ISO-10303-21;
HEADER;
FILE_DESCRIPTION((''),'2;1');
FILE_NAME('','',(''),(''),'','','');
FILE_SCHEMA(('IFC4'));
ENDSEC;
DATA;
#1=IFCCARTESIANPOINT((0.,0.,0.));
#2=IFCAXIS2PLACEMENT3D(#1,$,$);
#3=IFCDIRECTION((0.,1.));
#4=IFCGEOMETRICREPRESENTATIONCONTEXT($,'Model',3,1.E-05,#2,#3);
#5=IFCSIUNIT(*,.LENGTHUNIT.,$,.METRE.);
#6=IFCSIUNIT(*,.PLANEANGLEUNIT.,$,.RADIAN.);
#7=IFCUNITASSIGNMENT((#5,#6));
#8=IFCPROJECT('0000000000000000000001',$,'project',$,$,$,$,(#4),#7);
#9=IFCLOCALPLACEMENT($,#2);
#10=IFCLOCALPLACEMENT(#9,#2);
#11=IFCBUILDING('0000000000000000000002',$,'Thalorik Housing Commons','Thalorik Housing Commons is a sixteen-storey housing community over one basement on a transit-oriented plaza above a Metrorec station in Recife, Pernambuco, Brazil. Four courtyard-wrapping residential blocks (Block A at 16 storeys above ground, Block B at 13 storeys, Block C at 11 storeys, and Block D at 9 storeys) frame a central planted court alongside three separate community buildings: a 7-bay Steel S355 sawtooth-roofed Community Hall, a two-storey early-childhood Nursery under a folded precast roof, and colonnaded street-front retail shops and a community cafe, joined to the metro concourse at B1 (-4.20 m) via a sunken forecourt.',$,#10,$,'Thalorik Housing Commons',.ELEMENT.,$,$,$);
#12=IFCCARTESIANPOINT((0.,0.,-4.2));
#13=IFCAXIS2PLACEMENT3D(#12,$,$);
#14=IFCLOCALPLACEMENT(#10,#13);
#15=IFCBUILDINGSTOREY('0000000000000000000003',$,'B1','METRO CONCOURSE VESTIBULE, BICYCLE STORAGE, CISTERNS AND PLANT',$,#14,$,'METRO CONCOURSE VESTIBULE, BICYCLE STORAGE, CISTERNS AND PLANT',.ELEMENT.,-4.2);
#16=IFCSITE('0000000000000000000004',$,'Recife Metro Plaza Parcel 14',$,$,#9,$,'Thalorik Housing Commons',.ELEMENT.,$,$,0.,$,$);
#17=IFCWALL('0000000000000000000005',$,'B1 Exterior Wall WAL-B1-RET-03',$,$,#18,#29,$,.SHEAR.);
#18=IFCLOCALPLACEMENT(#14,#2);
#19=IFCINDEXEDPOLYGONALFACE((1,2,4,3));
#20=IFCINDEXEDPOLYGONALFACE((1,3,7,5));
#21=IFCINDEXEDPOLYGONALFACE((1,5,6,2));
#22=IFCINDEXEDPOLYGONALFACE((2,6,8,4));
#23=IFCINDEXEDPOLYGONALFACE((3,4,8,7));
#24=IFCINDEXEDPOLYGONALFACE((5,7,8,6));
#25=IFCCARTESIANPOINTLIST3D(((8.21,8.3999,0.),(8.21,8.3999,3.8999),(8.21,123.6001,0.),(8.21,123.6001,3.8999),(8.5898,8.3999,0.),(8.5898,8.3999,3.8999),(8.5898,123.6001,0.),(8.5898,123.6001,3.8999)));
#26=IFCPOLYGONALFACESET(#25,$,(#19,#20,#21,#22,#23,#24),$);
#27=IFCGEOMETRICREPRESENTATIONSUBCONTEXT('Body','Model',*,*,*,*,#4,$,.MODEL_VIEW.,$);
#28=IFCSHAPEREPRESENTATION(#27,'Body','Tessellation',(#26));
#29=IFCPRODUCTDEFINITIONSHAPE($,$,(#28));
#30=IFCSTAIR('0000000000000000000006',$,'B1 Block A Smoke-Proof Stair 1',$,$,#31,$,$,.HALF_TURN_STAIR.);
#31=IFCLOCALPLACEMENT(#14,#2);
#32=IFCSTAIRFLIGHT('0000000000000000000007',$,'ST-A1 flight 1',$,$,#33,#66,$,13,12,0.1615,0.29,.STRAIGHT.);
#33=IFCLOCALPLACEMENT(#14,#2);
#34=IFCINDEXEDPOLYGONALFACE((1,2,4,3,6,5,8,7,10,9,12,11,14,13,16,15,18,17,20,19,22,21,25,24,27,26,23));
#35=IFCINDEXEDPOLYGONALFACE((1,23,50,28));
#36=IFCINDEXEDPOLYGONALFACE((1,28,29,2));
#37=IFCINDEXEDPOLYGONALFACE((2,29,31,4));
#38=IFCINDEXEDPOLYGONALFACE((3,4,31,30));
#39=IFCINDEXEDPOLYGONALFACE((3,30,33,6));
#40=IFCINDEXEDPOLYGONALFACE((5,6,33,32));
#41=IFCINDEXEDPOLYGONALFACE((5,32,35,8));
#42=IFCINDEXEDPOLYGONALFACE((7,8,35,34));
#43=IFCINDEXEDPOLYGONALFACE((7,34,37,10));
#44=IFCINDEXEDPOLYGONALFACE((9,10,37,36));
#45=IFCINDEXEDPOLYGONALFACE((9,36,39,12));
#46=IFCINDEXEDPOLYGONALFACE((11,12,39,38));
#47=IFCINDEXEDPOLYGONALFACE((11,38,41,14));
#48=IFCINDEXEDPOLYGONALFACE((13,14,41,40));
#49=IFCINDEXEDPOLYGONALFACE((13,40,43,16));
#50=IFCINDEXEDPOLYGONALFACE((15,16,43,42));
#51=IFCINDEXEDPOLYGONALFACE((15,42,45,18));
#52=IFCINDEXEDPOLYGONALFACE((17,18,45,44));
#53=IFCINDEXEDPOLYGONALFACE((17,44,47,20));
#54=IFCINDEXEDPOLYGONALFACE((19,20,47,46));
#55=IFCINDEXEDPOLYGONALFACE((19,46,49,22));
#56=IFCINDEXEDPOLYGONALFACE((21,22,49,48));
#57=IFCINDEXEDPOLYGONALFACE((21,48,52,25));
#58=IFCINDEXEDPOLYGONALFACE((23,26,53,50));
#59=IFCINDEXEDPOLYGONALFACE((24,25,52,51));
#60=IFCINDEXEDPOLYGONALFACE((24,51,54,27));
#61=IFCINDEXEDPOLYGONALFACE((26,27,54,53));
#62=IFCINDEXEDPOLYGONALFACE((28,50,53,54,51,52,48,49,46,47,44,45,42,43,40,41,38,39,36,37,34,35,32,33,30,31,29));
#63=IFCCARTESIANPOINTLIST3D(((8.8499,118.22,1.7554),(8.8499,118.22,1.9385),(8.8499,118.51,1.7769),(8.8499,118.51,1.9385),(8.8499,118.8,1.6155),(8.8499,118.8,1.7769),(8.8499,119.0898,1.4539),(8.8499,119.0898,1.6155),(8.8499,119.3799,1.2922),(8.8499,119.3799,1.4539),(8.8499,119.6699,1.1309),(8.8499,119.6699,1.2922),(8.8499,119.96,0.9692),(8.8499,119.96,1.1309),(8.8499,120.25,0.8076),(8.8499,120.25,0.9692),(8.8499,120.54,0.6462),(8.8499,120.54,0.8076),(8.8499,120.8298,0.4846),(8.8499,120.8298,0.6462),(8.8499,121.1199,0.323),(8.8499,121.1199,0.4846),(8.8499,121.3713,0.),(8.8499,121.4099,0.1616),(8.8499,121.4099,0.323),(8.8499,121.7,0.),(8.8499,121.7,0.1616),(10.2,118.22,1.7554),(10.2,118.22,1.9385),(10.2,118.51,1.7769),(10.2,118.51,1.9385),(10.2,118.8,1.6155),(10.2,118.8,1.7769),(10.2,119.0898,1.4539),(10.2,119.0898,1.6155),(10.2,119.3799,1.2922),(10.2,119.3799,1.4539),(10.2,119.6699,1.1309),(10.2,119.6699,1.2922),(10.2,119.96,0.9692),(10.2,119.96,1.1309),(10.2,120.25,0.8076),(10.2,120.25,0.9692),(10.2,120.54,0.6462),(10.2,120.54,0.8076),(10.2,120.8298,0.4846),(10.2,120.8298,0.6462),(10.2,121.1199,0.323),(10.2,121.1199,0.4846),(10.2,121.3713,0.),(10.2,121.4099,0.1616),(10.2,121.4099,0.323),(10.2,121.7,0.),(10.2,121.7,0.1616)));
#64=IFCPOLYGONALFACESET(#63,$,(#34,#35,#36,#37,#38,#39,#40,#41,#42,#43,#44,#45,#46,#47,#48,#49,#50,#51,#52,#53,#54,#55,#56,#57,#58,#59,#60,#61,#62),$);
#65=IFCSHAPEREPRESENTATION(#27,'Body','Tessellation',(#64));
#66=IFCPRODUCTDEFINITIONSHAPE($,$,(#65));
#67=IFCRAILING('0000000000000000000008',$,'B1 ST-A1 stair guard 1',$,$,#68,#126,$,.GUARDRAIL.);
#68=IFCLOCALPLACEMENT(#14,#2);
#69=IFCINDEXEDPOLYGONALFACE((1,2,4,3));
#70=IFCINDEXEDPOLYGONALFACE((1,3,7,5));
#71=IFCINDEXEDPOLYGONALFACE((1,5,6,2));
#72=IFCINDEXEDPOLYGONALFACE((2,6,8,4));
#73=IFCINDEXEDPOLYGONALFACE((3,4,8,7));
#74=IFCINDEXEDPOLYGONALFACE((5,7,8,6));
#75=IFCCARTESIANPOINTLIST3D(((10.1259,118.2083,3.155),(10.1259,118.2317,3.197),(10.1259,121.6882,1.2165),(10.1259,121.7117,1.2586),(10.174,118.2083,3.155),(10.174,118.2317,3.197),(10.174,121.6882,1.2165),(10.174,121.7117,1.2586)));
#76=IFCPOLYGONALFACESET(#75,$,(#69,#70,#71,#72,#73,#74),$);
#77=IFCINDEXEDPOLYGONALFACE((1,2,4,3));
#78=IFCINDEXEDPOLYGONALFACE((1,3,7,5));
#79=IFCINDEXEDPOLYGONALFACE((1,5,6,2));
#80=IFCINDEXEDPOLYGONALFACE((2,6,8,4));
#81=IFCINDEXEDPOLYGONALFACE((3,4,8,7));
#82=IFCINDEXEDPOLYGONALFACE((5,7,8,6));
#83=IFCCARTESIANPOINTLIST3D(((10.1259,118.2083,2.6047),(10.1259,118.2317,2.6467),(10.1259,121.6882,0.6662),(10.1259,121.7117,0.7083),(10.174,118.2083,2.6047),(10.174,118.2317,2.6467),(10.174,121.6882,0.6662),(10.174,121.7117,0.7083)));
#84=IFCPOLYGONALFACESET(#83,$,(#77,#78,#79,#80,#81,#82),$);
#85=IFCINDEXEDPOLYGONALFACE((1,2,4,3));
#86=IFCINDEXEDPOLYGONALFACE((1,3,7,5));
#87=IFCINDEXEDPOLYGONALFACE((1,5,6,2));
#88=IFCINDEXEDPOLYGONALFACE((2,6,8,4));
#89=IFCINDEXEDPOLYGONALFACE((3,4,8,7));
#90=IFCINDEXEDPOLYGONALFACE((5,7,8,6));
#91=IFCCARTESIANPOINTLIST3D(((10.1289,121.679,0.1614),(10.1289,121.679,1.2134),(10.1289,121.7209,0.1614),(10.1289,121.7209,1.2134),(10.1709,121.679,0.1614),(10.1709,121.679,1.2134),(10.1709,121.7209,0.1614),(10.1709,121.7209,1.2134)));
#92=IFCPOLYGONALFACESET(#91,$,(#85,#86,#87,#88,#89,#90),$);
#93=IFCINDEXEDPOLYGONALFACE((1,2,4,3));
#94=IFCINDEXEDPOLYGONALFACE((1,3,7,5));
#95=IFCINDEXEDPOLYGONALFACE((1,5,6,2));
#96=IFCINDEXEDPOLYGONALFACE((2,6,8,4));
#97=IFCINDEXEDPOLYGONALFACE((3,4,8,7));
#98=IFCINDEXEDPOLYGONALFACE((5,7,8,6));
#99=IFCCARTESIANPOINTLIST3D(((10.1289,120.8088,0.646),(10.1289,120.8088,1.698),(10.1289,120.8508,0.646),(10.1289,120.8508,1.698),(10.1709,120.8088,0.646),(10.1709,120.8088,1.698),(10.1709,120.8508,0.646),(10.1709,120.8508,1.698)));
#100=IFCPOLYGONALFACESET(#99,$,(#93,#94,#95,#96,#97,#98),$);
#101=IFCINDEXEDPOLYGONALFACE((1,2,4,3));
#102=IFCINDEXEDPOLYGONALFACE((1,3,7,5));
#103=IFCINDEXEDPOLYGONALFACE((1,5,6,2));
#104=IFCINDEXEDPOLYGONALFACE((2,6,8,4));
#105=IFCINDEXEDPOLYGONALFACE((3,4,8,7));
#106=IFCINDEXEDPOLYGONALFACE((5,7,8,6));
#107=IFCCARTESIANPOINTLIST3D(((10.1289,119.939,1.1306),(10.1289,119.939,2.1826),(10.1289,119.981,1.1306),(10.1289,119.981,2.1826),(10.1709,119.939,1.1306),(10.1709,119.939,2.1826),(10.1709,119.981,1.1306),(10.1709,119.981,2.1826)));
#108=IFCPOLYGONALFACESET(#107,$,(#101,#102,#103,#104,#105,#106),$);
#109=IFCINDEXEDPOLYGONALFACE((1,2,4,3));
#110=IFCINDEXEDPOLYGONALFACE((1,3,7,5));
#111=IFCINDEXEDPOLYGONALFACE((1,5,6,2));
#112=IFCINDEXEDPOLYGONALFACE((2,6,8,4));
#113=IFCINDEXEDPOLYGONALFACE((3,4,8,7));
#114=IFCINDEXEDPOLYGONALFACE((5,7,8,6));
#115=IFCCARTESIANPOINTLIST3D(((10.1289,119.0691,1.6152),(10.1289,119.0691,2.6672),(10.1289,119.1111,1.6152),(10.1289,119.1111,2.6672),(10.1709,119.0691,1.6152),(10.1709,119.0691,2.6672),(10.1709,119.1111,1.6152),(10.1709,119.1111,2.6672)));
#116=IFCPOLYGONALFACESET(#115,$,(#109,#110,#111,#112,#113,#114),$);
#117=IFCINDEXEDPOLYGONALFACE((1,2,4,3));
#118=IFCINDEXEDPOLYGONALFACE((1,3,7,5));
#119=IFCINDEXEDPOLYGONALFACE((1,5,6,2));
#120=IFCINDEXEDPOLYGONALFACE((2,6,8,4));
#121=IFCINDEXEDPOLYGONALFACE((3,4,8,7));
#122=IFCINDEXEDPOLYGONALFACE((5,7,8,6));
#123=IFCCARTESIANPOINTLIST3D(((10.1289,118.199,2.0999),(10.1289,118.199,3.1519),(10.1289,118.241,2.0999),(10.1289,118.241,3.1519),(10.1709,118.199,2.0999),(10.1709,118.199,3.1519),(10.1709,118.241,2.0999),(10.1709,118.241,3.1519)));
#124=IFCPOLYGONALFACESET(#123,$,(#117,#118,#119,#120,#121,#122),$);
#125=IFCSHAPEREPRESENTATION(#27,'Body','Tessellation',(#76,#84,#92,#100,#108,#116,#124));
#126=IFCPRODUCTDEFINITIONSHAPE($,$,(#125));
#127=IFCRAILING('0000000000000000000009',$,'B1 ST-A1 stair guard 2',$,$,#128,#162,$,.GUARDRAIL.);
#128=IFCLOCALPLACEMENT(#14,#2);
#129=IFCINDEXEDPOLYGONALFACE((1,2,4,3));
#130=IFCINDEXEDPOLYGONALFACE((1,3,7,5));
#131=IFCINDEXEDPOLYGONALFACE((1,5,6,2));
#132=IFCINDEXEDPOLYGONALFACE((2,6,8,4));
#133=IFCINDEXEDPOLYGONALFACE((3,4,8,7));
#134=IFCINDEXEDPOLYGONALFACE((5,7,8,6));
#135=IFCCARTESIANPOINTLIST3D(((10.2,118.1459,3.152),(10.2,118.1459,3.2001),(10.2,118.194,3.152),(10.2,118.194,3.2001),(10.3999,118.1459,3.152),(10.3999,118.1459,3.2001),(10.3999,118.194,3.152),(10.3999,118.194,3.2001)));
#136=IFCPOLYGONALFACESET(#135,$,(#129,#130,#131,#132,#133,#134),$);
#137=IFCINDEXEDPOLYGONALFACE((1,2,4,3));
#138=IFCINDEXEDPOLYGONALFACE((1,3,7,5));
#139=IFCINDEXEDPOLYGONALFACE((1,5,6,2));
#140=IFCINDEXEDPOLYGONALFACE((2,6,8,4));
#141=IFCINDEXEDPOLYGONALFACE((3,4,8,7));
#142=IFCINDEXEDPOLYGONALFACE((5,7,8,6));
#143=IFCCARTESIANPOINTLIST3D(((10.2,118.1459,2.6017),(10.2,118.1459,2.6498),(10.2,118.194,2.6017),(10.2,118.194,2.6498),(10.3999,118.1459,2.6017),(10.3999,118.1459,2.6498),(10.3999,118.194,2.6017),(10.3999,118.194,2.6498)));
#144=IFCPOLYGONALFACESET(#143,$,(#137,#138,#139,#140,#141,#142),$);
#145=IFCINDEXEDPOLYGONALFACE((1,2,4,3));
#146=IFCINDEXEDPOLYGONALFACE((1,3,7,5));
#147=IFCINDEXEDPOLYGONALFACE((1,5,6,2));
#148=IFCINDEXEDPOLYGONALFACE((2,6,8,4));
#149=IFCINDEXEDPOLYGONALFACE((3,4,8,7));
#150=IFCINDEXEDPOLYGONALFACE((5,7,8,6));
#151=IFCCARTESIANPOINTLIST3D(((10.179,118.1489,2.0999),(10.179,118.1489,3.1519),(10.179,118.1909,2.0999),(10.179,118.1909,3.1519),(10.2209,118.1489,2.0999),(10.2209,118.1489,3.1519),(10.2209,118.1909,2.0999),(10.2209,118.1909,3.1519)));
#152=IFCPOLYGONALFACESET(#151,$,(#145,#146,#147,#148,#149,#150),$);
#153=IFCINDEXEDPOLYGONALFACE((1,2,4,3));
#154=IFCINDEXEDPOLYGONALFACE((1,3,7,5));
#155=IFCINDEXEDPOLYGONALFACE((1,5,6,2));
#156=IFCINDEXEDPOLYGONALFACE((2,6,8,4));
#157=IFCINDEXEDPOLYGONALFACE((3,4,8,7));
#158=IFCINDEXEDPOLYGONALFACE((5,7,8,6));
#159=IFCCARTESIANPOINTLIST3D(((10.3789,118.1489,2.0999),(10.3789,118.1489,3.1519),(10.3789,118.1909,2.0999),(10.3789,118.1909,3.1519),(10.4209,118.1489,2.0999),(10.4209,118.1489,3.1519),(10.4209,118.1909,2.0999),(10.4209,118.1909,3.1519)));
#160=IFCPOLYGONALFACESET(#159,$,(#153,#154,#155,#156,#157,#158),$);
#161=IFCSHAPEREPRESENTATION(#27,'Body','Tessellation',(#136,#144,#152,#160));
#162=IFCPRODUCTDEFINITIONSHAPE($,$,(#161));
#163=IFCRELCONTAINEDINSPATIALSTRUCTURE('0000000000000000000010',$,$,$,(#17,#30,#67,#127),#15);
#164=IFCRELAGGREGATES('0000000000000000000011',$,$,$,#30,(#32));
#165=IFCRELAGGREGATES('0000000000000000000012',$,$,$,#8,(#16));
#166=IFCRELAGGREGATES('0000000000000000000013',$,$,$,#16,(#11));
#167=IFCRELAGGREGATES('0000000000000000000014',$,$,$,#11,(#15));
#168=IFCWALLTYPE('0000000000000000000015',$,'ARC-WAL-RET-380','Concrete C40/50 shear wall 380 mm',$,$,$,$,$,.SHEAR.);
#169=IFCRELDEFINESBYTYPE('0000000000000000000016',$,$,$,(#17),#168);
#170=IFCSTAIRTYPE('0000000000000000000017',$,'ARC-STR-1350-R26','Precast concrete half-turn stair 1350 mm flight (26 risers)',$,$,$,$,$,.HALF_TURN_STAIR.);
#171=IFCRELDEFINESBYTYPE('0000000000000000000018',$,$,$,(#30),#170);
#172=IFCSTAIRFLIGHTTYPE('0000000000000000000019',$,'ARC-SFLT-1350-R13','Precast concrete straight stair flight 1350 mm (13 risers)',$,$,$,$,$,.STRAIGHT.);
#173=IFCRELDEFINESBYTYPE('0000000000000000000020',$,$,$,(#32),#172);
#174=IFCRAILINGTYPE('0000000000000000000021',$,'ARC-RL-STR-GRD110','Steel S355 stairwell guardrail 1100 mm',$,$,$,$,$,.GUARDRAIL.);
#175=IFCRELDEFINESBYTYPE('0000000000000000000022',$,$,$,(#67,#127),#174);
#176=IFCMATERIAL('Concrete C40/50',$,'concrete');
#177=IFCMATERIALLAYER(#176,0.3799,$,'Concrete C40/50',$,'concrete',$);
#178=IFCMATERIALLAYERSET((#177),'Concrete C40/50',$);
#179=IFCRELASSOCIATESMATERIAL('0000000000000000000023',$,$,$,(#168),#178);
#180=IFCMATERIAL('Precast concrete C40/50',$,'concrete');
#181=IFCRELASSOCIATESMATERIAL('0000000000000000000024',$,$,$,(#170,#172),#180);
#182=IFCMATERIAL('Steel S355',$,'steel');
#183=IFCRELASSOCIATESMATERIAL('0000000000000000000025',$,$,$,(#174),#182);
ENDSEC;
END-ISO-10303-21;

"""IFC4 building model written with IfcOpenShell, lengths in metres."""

from ifc_helpers import new_model, si_unit, direction, frame, frame_2d, origin, origin_2d, place, context, subcontext, project, spatial, polyline, rectangle, outline, extrude, material, layer, layer_set, type_object, element, aggregate, save


model = new_model("IFC4")

# Units and contexts
model_context = context("Model", 3, precision=1e-05, world=origin(), true_north=direction((0.0, 1.0)))
body_context = subcontext(model_context, "Body", "Model", "MODEL_VIEW")
ifc_project = project(units=[si_unit("LENGTHUNIT", "METRE"), si_unit("PLANEANGLEUNIT", "RADIAN")], contexts=[model_context])

# Site, building, storey
site_placement = place(None, origin())
site = spatial("IfcSite", under=ifc_project, at=site_placement, Name="Recife Metro Plaza Parcel 14", LongName="Thalorik Housing Commons", CompositionType="ELEMENT", RefElevation=0.0)
building_placement = place(site_placement, origin())
building = spatial("IfcBuilding", under=site, at=building_placement, Name="Thalorik Housing Commons", Description="Thalorik Housing Commons is a sixteen-storey housing community over one basement on a transit-oriented plaza above a Metrorec station in Recife, Pernambuco, Brazil. Four courtyard-wrapping residential blocks (Block A at 16 storeys above ground, Block B at 13 storeys, Block C at 11 storeys, and Block D at 9 storeys) frame a central planted court alongside three separate community buildings: a 7-bay Steel S355 sawtooth-roofed Community Hall, a two-storey early-childhood Nursery under a folded precast roof, and colonnaded street-front retail shops and a community cafe, joined to the metro concourse at B1 (-4.20 m) via a sunken forecourt.", LongName="Thalorik Housing Commons", CompositionType="ELEMENT")
storey_placement = place(building_placement, frame((0.0, 0.0, -4.2)))
storey = spatial("IfcBuildingStorey", under=building, at=storey_placement, Name="B1", Description="METRO CONCOURSE VESTIBULE, BICYCLE STORAGE, CISTERNS AND PLANT", LongName="METRO CONCOURSE VESTIBULE, BICYCLE STORAGE, CISTERNS AND PLANT", CompositionType="ELEMENT", Elevation=-4.2)

# Shared definitions
ifc_material_1 = material(Name="Concrete C40/50", Category="concrete")

# Shared definitions
ifc_material_2 = material(Name="Precast concrete C40/50", Category="concrete")

# Shared definitions
ifc_material_3 = material(Name="Steel S355", Category="steel")

# Wall
ifc_layer_1 = layer(ifc_material_1, 0.3799, Name="Concrete C40/50", Category="concrete")
ifc_layer_set_1 = layer_set([ifc_layer_1], Name="Concrete C40/50")
wall_type_1 = type_object("IfcWallType", Name="ARC-WAL-RET-380", Description="Concrete C40/50 shear wall 380 mm", PredefinedType="SHEAR", material=ifc_layer_set_1)
wall_1_placement = place(storey_placement, frame((8.3999, 123.6001, 0.0), z_axis=(0.0, 0.0, 1.0), x_axis=(0.0, -1.0, 0.0)))
element("IfcWall", 1, at=wall_1_placement, inside=storey, type_object=wall_type_1, Name="B1 Exterior Wall WAL-B1-RET-03", PredefinedType="SHEAR", context=body_context, shape_type="SweptSolid", body=[
    extrude(rectangle(XDim=115.2002, YDim=0.3799, at=frame_2d((57.6001, 0.0))), origin(), (0.0, 0.0, 1.0), 3.8999),
])

# Stair, stair flight
stair_type = type_object("IfcStairType", Name="ARC-STR-1350-R26", Description="Precast concrete half-turn stair 1350 mm flight (26 risers)", PredefinedType="HALF_TURN_STAIR", material=ifc_material_2)
stair_placement = place(storey_placement, origin())
stair = element("IfcStair", 2, at=stair_placement, inside=storey, type_object=stair_type, Name="B1 Block A Smoke-Proof Stair 1", PredefinedType="HALF_TURN_STAIR")
stair_flight_type = type_object("IfcStairFlightType", Name="ARC-SFLT-1350-R13", Description="Precast concrete straight stair flight 1350 mm (13 risers)", PredefinedType="STRAIGHT", material=ifc_material_2)
stair_flight_placement = place(storey_placement, frame((9.5249, 121.7, 0.0), z_axis=(0.0, 0.0, 1.0), x_axis=(0.0, -1.0, 0.0)))
stair_flight = element("IfcStairFlight", 3, at=stair_flight_placement, type_object=stair_flight_type, Name="ST-A1 flight 1", NumberOfRisers=13, NumberOfTreads=12, PredefinedType="STRAIGHT", RiserHeight=0.1615, TreadLength=0.29, context=body_context, shape_type="SweptSolid", body=[
    extrude(outline(polyline([(0.0, 0.0), (0.0, 0.1616), (0.29, 0.1616), (0.29, 0.323), (0.5801, 0.323), (0.5801, 0.4846), (0.8701, 0.4846), (0.8701, 0.6462), (1.1599, 0.6462), (1.1599, 0.8076), (1.45, 0.8076), (1.45, 0.9692), (1.74, 0.9692), (1.74, 1.1309), (2.03, 1.1309), (2.03, 1.2922), (2.3201, 1.2922), (2.3201, 1.4539), (2.6101, 1.4539), (2.6101, 1.6155), (2.8999, 1.6155), (2.8999, 1.7769), (3.1899, 1.7769), (3.1899, 1.9385), (3.48, 1.9385), (3.48, 2.1001), (3.48, 1.7554), (0.3286, 0.0), (0.0, 0.0)])), frame((0.0, 0.675, 0.0), z_axis=(0.0, -1.0, 0.0), x_axis=(1.0, 0.0, 0.0)), (0.0, 0.0, 1.0), 1.3501),
])
aggregate(stair, [stair_flight])

# Railings
railing_type_1 = type_object("IfcRailingType", Name="ARC-RL-STR-GRD110", Description="Steel S355 stairwell guardrail 1100 mm", PredefinedType="GUARDRAIL", material=ifc_material_3)
railing_1_placement = place(storey_placement, frame((10.1499, 121.7, 0.1614)))
element("IfcRailing", 4, at=railing_1_placement, inside=storey, type_object=railing_type_1, Name="B1 ST-A1 stair guard 1", PredefinedType="GUARDRAIL", context=body_context, shape_type="SweptSolid", body=[
    extrude(rectangle(XDim=0.0481, YDim=0.0481, at=origin_2d()), frame((0.0, 0.0, 1.0762), z_axis=(0.0, -0.873607, 0.486631), x_axis=(1.0, 0.0, 0.0)), (0.0, 0.0, 1.0), 3.9834),
    extrude(rectangle(XDim=0.0481, YDim=0.0481, at=origin_2d()), frame((0.0, 0.0, 0.5259), z_axis=(0.0, -0.873607, 0.486631), x_axis=(1.0, 0.0, 0.0)), (0.0, 0.0, 1.0), 3.9834),
    extrude(rectangle(XDim=0.042, YDim=0.042, at=origin_2d()), origin(), (0.0, 0.0, 1.0), 1.052),
    extrude(rectangle(XDim=0.042, YDim=0.042, at=origin_2d()), frame((0.0, -0.8701, 0.4846)), (0.0, 0.0, 1.0), 1.052),
    extrude(rectangle(XDim=0.042, YDim=0.042, at=origin_2d()), frame((0.0, -1.74, 0.9692)), (0.0, 0.0, 1.0), 1.052),
    extrude(rectangle(XDim=0.042, YDim=0.042, at=origin_2d()), frame((0.0, -2.6099, 1.4539)), (0.0, 0.0, 1.0), 1.052),
    extrude(rectangle(XDim=0.042, YDim=0.042, at=origin_2d()), frame((0.0, -3.48, 1.9385)), (0.0, 0.0, 1.0), 1.052),
])
railing_2_placement = place(storey_placement, frame((10.2, 118.1699, 2.0999)))
element("IfcRailing", 5, at=railing_2_placement, inside=storey, type_object=railing_type_1, Name="B1 ST-A1 stair guard 2", PredefinedType="GUARDRAIL", context=body_context, shape_type="SweptSolid", body=[
    extrude(rectangle(XDim=0.0481, YDim=0.0481, at=origin_2d()), frame((0.0, 0.0, 1.0762), z_axis=(1.0, 0.0, 0.0), x_axis=(0.0, 1.0, 0.0)), (0.0, 0.0, 1.0), 0.2),
    extrude(rectangle(XDim=0.0481, YDim=0.0481, at=origin_2d()), frame((0.0, 0.0, 0.5259), z_axis=(1.0, 0.0, 0.0), x_axis=(0.0, 1.0, 0.0)), (0.0, 0.0, 1.0), 0.2),
    extrude(rectangle(XDim=0.042, YDim=0.042, at=origin_2d()), origin(), (0.0, 0.0, 1.0), 1.052),
    extrude(rectangle(XDim=0.042, YDim=0.042, at=origin_2d()), frame((0.2, 0.0, 0.0)), (0.0, 0.0, 1.0), 1.052),
])

save(model, "model.ifc")
